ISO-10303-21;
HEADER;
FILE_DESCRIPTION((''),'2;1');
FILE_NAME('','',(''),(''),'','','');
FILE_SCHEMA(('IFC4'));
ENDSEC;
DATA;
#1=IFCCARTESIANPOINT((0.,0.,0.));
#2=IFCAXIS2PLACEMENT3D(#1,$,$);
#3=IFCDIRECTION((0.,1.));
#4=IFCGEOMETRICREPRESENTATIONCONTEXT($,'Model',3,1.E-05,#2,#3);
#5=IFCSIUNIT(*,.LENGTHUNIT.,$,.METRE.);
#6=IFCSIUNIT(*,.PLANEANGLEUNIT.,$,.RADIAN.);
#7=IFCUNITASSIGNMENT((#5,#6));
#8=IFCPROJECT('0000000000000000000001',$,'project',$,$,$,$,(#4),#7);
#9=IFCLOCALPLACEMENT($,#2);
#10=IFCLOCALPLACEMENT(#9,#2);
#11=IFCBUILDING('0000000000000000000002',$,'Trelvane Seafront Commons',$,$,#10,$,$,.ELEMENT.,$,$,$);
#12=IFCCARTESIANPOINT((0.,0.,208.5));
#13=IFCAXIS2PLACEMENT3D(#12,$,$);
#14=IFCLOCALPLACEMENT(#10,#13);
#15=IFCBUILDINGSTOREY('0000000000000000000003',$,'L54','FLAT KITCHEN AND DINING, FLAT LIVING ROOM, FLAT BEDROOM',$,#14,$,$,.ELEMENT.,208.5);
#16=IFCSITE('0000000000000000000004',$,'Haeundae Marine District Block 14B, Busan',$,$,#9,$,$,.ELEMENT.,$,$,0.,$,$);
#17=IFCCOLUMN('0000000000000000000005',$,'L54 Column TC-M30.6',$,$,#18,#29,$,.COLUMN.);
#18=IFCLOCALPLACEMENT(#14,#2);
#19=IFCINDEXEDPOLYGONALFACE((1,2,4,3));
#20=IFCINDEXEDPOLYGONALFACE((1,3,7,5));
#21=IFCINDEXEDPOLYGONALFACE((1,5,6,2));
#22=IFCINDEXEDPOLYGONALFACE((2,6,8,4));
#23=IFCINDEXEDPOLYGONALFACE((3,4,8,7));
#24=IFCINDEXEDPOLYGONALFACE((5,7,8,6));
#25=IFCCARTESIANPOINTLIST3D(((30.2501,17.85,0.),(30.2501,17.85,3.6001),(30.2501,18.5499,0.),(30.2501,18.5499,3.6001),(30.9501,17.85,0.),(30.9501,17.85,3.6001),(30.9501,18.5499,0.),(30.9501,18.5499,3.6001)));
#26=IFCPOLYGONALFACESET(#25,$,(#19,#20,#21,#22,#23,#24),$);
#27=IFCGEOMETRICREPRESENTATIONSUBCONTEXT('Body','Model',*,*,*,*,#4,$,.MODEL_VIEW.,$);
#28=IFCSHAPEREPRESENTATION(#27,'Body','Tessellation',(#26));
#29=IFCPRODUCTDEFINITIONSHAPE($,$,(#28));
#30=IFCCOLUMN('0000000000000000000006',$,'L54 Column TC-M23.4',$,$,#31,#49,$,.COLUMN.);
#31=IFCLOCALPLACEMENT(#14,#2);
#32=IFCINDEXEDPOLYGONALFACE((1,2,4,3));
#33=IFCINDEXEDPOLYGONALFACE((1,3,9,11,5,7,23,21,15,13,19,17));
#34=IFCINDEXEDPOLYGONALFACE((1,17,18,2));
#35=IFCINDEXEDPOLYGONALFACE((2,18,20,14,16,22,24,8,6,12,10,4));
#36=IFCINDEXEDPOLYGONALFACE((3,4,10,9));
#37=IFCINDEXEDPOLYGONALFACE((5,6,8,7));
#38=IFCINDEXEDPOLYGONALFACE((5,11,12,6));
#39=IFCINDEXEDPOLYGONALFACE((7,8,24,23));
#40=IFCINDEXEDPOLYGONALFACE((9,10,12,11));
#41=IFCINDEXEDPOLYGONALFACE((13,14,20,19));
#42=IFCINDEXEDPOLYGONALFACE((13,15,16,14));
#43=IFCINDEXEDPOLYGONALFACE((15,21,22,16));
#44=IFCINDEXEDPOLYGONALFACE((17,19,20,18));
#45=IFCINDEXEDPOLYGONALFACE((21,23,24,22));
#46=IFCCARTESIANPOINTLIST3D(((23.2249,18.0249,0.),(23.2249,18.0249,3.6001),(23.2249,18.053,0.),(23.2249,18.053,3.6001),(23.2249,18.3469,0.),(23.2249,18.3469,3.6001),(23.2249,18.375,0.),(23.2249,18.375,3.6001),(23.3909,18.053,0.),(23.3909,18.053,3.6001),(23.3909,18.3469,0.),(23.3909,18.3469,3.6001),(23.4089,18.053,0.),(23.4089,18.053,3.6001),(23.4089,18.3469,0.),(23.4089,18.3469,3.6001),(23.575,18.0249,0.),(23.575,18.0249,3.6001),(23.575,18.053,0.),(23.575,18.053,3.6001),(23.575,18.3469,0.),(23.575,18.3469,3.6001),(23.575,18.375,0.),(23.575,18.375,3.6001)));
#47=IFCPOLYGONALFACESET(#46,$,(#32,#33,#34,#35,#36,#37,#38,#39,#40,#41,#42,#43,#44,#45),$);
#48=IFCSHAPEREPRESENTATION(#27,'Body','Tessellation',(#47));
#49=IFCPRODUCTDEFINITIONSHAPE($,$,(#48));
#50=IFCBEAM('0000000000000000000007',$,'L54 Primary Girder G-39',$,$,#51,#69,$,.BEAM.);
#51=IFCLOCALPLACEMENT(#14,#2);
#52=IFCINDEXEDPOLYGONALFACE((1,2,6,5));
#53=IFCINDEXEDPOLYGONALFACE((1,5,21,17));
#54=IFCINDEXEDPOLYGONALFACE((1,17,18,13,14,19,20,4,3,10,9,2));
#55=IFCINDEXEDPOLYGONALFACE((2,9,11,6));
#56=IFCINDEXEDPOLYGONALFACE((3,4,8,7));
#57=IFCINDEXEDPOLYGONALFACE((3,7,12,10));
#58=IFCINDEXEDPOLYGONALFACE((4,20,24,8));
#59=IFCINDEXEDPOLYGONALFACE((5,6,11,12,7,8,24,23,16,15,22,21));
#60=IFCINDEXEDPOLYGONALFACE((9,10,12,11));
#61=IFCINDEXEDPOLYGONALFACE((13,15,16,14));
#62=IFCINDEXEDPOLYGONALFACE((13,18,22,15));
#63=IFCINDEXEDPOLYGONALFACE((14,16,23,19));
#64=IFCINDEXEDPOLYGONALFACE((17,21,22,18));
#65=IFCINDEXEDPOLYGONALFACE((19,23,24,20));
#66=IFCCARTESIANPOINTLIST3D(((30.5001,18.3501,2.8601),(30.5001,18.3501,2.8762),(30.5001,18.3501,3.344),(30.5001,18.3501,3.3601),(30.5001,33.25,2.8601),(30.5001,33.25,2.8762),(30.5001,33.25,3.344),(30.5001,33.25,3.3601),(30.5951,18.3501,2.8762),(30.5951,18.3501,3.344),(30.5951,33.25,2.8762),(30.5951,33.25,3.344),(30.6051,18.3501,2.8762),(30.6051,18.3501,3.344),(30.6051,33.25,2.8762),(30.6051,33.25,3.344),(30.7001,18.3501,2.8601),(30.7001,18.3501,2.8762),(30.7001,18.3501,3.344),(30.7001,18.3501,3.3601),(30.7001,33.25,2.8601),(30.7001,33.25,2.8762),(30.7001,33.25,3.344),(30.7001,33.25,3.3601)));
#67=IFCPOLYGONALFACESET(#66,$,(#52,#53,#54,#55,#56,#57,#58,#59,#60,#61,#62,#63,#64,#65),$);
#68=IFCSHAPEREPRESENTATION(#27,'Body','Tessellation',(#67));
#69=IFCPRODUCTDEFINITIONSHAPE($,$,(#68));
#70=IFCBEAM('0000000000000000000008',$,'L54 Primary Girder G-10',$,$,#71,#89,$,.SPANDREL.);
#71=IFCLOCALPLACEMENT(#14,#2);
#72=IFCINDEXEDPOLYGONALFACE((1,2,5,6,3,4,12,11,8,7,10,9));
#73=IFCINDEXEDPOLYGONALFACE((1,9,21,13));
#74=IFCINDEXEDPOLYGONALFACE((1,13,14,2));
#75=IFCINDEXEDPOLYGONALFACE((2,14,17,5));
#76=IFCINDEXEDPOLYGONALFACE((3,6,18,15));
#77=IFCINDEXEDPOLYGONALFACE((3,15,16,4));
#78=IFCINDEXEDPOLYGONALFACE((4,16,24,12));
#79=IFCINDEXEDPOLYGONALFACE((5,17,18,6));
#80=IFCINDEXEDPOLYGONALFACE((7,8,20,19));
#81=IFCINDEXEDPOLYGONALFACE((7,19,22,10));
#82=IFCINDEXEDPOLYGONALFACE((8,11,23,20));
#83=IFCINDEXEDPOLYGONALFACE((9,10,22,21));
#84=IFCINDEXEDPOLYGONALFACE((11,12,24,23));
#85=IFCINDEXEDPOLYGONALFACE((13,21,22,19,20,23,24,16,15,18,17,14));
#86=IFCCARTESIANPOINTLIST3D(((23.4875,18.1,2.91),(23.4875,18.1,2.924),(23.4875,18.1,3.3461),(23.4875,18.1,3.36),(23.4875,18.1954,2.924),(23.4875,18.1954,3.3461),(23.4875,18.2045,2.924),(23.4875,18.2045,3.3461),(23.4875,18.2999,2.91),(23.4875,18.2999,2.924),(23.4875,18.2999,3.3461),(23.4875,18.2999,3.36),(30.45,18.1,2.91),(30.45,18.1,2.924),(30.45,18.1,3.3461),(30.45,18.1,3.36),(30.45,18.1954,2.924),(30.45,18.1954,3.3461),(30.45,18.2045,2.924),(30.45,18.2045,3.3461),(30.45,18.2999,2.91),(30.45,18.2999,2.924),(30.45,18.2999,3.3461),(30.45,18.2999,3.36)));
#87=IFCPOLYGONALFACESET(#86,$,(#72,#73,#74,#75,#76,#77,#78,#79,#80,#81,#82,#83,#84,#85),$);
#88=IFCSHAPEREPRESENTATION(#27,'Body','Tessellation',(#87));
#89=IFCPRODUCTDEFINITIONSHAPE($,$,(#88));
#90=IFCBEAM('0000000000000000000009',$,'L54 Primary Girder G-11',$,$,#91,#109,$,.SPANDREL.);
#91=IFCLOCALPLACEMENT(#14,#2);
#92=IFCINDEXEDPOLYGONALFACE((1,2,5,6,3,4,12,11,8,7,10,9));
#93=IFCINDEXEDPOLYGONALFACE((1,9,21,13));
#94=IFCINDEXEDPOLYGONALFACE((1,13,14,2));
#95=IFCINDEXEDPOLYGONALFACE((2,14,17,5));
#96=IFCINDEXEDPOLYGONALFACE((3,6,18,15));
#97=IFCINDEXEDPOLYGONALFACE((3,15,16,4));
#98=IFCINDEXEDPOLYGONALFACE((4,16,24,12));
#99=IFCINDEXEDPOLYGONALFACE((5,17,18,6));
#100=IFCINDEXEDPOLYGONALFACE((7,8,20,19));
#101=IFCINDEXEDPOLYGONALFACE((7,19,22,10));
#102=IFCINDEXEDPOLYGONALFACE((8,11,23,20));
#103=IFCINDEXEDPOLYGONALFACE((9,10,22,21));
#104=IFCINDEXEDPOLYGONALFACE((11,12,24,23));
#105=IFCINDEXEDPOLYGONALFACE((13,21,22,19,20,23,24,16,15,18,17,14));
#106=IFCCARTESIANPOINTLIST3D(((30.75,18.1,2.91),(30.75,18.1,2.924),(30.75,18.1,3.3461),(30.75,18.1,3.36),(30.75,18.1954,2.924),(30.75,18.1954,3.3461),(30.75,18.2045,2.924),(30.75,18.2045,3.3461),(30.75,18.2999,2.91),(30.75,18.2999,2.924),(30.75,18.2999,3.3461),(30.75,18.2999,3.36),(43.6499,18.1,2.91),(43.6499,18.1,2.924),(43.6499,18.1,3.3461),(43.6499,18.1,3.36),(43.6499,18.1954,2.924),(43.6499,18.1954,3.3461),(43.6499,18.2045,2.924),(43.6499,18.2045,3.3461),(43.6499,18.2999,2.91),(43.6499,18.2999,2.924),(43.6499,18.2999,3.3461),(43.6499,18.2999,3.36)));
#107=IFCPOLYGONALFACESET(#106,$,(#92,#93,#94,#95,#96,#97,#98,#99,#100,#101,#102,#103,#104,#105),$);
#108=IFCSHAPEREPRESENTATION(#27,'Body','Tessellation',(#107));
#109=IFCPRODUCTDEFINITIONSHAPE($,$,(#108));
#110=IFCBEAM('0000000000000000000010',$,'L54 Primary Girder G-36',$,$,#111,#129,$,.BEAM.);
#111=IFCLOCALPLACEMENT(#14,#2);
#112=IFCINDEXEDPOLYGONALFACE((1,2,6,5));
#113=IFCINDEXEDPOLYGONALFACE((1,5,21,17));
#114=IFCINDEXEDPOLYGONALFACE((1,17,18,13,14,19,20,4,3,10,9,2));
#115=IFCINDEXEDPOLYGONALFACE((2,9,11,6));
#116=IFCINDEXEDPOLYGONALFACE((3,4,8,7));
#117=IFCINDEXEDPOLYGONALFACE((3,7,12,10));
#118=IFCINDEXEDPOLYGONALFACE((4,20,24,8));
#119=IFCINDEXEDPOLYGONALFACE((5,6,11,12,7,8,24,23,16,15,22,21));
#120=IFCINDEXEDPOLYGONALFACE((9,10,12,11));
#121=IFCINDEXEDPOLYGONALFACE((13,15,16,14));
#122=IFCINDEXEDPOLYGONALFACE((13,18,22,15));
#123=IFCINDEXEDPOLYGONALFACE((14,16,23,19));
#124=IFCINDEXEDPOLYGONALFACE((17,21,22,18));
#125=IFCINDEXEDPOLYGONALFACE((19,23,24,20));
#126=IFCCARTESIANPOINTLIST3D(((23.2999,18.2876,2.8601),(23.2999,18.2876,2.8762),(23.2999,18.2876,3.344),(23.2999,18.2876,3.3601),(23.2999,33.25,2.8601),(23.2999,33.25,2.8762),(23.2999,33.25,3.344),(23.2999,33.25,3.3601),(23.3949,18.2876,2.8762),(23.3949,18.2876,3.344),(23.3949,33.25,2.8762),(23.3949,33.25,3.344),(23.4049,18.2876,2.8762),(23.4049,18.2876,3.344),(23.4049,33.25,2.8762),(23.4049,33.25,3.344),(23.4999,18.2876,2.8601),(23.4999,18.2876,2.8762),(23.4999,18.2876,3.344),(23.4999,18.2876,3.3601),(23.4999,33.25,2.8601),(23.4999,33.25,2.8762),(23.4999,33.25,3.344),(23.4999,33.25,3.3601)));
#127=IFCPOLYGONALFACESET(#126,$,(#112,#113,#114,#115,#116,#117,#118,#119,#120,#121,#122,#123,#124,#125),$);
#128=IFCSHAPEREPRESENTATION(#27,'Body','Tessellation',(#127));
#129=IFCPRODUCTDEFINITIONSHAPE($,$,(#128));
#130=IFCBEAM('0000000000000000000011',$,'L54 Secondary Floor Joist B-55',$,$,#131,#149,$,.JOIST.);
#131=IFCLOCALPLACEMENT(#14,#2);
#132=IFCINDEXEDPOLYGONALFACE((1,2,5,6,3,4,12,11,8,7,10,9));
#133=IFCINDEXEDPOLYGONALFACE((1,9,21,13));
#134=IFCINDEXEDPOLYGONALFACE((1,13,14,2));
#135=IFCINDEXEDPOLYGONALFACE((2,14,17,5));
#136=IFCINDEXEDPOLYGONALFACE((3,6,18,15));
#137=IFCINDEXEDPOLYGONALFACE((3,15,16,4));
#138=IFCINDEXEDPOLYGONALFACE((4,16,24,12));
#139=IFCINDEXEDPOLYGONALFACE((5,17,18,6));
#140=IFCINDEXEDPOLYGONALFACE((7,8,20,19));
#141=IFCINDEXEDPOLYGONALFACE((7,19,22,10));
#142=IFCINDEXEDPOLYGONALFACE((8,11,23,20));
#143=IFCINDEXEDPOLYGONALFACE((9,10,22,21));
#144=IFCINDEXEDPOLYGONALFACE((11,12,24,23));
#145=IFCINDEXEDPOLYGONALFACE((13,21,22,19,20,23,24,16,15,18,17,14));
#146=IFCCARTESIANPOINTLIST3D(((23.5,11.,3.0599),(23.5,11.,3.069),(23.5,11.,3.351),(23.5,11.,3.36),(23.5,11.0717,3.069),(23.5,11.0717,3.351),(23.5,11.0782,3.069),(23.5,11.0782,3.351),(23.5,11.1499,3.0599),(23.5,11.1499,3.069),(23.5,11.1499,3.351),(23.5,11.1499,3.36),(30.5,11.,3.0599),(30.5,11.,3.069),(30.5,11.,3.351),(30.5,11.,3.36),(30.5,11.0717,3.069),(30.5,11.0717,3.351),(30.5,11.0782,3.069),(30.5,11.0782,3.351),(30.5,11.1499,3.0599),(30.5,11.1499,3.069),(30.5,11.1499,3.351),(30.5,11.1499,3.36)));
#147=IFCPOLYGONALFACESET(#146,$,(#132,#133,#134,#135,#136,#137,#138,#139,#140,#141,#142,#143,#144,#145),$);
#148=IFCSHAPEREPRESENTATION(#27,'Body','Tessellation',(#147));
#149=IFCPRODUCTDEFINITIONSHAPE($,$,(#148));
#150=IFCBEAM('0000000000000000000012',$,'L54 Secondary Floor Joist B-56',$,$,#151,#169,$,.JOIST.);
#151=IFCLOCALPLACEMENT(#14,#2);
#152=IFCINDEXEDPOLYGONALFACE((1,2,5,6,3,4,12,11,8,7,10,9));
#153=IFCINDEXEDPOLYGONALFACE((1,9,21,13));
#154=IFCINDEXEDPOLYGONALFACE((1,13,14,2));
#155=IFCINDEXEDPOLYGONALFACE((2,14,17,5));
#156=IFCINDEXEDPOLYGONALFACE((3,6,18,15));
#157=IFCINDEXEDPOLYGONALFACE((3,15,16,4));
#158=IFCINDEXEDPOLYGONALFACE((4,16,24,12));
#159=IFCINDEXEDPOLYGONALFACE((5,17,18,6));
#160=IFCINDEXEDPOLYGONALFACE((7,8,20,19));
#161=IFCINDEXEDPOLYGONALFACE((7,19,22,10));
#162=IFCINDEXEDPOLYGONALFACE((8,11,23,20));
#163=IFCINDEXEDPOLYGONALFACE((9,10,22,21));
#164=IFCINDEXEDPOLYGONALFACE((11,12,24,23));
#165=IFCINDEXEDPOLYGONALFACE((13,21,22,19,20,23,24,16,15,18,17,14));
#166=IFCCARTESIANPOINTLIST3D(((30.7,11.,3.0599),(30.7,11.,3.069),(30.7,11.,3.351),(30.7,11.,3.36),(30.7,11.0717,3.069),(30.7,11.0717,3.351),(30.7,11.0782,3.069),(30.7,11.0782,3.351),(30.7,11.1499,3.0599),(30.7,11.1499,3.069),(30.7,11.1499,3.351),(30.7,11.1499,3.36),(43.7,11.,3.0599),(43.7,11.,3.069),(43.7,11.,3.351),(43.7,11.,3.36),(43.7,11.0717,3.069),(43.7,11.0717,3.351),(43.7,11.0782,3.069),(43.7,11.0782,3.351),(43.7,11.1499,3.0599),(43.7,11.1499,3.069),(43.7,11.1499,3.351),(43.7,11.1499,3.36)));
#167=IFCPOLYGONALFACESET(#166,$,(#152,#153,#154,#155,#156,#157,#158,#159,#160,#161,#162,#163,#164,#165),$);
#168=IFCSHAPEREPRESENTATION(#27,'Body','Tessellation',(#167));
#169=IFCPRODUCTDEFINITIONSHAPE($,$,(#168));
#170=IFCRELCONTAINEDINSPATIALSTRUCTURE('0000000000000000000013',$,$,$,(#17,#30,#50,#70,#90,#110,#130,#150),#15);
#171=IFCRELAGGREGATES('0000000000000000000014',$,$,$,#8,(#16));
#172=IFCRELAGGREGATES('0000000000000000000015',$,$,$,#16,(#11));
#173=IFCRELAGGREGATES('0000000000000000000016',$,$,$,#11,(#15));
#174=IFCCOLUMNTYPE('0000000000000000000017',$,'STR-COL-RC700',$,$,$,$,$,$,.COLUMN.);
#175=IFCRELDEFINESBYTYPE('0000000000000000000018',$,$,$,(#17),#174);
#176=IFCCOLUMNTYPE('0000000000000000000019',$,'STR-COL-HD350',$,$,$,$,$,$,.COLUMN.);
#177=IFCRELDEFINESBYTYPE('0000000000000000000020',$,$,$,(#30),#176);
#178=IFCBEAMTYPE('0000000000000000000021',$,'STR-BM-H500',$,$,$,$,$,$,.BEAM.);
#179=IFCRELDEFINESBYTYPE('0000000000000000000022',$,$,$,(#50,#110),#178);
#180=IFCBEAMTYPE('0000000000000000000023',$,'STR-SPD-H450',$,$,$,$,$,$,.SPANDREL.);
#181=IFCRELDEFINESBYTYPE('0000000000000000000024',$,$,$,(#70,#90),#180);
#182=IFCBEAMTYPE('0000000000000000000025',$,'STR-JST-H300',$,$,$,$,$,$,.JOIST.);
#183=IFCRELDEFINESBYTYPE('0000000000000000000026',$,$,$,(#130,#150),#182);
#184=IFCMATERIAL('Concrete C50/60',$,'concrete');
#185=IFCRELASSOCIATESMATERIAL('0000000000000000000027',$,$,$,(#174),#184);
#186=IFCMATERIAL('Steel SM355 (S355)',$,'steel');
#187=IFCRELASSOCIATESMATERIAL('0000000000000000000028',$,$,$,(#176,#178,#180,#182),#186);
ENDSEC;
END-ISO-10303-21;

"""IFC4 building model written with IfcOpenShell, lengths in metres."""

from ifc_helpers import new_model, si_unit, direction, frame, origin, origin_2d, place, context, subcontext, project, spatial, rectangle, i_section, extrude, source, transform, mapped, material, material_profile, profile_set, type_object, element, save


model = new_model("IFC4")

# Units and contexts
model_context = context("Model", 3, precision=1e-05, world=origin(), true_north=direction((0.0, 1.0)))
body_context = subcontext(model_context, "Body", "Model", "MODEL_VIEW")
ifc_project = project(units=[si_unit("LENGTHUNIT", "METRE"), si_unit("PLANEANGLEUNIT", "RADIAN")], contexts=[model_context])

# Site, building, storey
site_placement = place(None, origin())
site = spatial("IfcSite", under=ifc_project, at=site_placement, Name="Haeundae Marine District Block 14B, Busan", CompositionType="ELEMENT", RefElevation=0.0)
building_placement = place(site_placement, origin())
building = spatial("IfcBuilding", under=site, at=building_placement, Name="Trelvane Seafront Commons", CompositionType="ELEMENT")
storey_placement = place(building_placement, frame((0.0, 0.0, 208.5)))
storey = spatial("IfcBuildingStorey", under=building, at=storey_placement, Name="L54", Description="FLAT KITCHEN AND DINING, FLAT LIVING ROOM, FLAT BEDROOM", CompositionType="ELEMENT", Elevation=208.5)

# Columns
ifc_material_1 = material(Name="Concrete C50/60", Category="concrete")
ifc_material_profile_1 = material_profile(ifc_material_1, rectangle(XDim=0.7, YDim=0.7, at=origin_2d()), Name="RC-700x700")
ifc_profile_set_1 = profile_set([ifc_material_profile_1], Name="Concrete C50/60")
column_type_1 = type_object("IfcColumnType", Name="STR-COL-RC700", PredefinedType="COLUMN", material=ifc_profile_set_1)
shared_shape_1 = source(origin(), body_context, "Body", "SweptSolid", [
    extrude(rectangle(XDim=0.7, YDim=0.7, at=origin_2d()), origin(), (0.0, 0.0, 1.0), 3.6001),
])
column_1_placement = place(storey_placement, frame((30.6001, 18.2, 0.0), z_axis=(0.0, 0.0, 1.0), x_axis=(1.0, 0.0, 0.0)))
element("IfcColumn", 1, at=column_1_placement, inside=storey, type_object=column_type_1, Name="L54 Column TC-M30.6", PredefinedType="COLUMN", context=body_context, shape_type="MappedRepresentation", body=[
    mapped(shared_shape_1, transform((0.0, 0.0, 0.0), x_axis=(1.0, 0.0, 0.0), y_axis=(0.0, 1.0, 0.0), z_axis=(0.0, 0.0, 1.0), scale=1.0)),
])
ifc_material_2 = material(Name="Steel SM355 (S355)", Category="steel")
ifc_material_profile_2 = material_profile(ifc_material_2, i_section(OverallWidth=0.3501, OverallDepth=0.3501, WebThickness=0.0181, FlangeThickness=0.0281, at=origin_2d()), Name="HD-350x350x18x28")
ifc_profile_set_2 = profile_set([ifc_material_profile_2], Name="Steel SM355 (S355)")
column_type_2 = type_object("IfcColumnType", Name="STR-COL-HD350", PredefinedType="COLUMN", material=ifc_profile_set_2)
shared_shape_2 = source(origin(), body_context, "Body", "SweptSolid", [
    extrude(i_section(OverallWidth=0.3501, OverallDepth=0.3501, WebThickness=0.0181, FlangeThickness=0.0281, at=origin_2d()), origin(), (0.0, 0.0, 1.0), 3.6001),
])
column_2_placement = place(storey_placement, frame((23.3999, 18.2, 0.0), z_axis=(0.0, 0.0, 1.0), x_axis=(1.0, 0.0, 0.0)))
element("IfcColumn", 2, at=column_2_placement, inside=storey, type_object=column_type_2, Name="L54 Column TC-M23.4", PredefinedType="COLUMN", context=body_context, shape_type="MappedRepresentation", body=[
    mapped(shared_shape_2, transform((0.0, 0.0, 0.0), x_axis=(1.0, 0.0, 0.0), y_axis=(0.0, 1.0, 0.0), z_axis=(0.0, 0.0, 1.0), scale=1.0)),
])

# Beams
ifc_material_profile_3 = material_profile(ifc_material_2, i_section(OverallWidth=0.2, OverallDepth=0.5, WebThickness=0.01, FlangeThickness=0.0161, at=origin_2d()), Name="H-500x200x10x16")
ifc_profile_set_3 = profile_set([ifc_material_profile_3], Name="Steel SM355 (S355)")
beam_type_1 = type_object("IfcBeamType", Name="STR-BM-H500", PredefinedType="BEAM", material=ifc_profile_set_3)
shared_shape_3 = source(origin(), body_context, "Body", "SweptSolid", [
    extrude(i_section(OverallWidth=0.2, OverallDepth=0.5, WebThickness=0.01, FlangeThickness=0.0161, at=origin_2d()), origin(), (0.0, 0.0, 1.0), 14.8999),
])
beam_1_placement = place(storey_placement, frame((30.6001, 18.3501, 3.1101), z_axis=(0.0, 1.0, 0.0), x_axis=(-1.0, 0.0, 0.0)))
element("IfcBeam", 3, at=beam_1_placement, inside=storey, type_object=beam_type_1, Name="L54 Primary Girder G-39", PredefinedType="BEAM", context=body_context, shape_type="MappedRepresentation", body=[
    mapped(shared_shape_3, transform((0.0, 0.0, 0.0), x_axis=(1.0, 0.0, 0.0), y_axis=(0.0, 1.0, 0.0), z_axis=(0.0, 0.0, 1.0), scale=1.0)),
])
ifc_material_profile_4 = material_profile(ifc_material_2, i_section(OverallWidth=0.2, OverallDepth=0.45, WebThickness=0.009, FlangeThickness=0.0139, at=origin_2d()), Name="H-450x200x9x14")
ifc_profile_set_4 = profile_set([ifc_material_profile_4], Name="Steel SM355 (S355)")
beam_type_2 = type_object("IfcBeamType", Name="STR-SPD-H450", PredefinedType="SPANDREL", material=ifc_profile_set_4)
shared_shape_4 = source(origin(), body_context, "Body", "SweptSolid", [
    extrude(i_section(OverallWidth=0.2, OverallDepth=0.45, WebThickness=0.009, FlangeThickness=0.0139, at=origin_2d()), origin(), (0.0, 0.0, 1.0), 6.9624),
])
beam_2_placement = place(storey_placement, frame((23.4875, 18.2, 3.135), z_axis=(1.0, 0.0, 0.0), x_axis=(0.0, 1.0, 0.0)))
element("IfcBeam", 4, at=beam_2_placement, inside=storey, type_object=beam_type_2, Name="L54 Primary Girder G-10", PredefinedType="SPANDREL", context=body_context, shape_type="MappedRepresentation", body=[
    mapped(shared_shape_4, transform((0.0, 0.0, 0.0), x_axis=(1.0, 0.0, 0.0), y_axis=(0.0, 1.0, 0.0), z_axis=(0.0, 0.0, 1.0), scale=1.0)),
])
shared_shape_5 = source(origin(), body_context, "Body", "SweptSolid", [
    extrude(i_section(OverallWidth=0.2, OverallDepth=0.45, WebThickness=0.009, FlangeThickness=0.0139, at=origin_2d()), origin(), (0.0, 0.0, 1.0), 12.8999),
])
beam_3_placement = place(storey_placement, frame((30.75, 18.2, 3.135), z_axis=(1.0, 0.0, 0.0), x_axis=(0.0, 1.0, 0.0)))
element("IfcBeam", 5, at=beam_3_placement, inside=storey, type_object=beam_type_2, Name="L54 Primary Girder G-11", PredefinedType="SPANDREL", context=body_context, shape_type="MappedRepresentation", body=[
    mapped(shared_shape_5, transform((0.0, 0.0, 0.0), x_axis=(1.0, 0.0, 0.0), y_axis=(0.0, 1.0, 0.0), z_axis=(0.0, 0.0, 1.0), scale=1.0)),
])
shared_shape_6 = source(origin(), body_context, "Body", "SweptSolid", [
    extrude(i_section(OverallWidth=0.2, OverallDepth=0.5, WebThickness=0.01, FlangeThickness=0.0161, at=origin_2d()), origin(), (0.0, 0.0, 1.0), 14.9624),
])
beam_4_placement = place(storey_placement, frame((23.3999, 18.2876, 3.1101), z_axis=(0.0, 1.0, 0.0), x_axis=(-1.0, 0.0, 0.0)))
element("IfcBeam", 6, at=beam_4_placement, inside=storey, type_object=beam_type_1, Name="L54 Primary Girder G-36", PredefinedType="BEAM", context=body_context, shape_type="MappedRepresentation", body=[
    mapped(shared_shape_6, transform((0.0, 0.0, 0.0), x_axis=(1.0, 0.0, 0.0), y_axis=(0.0, 1.0, 0.0), z_axis=(0.0, 0.0, 1.0), scale=1.0)),
])
ifc_material_profile_5 = material_profile(ifc_material_2, i_section(OverallWidth=0.1499, OverallDepth=0.3, WebThickness=0.0066, FlangeThickness=0.009, at=origin_2d()), Name="H-300x150x6.5x9")
ifc_profile_set_5 = profile_set([ifc_material_profile_5], Name="Steel SM355 (S355)")
beam_type_3 = type_object("IfcBeamType", Name="STR-JST-H300", PredefinedType="JOIST", material=ifc_profile_set_5)
shared_shape_7 = source(origin(), body_context, "Body", "SweptSolid", [
    extrude(i_section(OverallWidth=0.1499, OverallDepth=0.3, WebThickness=0.0066, FlangeThickness=0.009, at=origin_2d()), origin(), (0.0, 0.0, 1.0), 7.0),
])
beam_5_placement = place(storey_placement, frame((23.5, 11.075, 3.21), z_axis=(1.0, 0.0, 0.0), x_axis=(0.0, 1.0, 0.0)))
element("IfcBeam", 7, at=beam_5_placement, inside=storey, type_object=beam_type_3, Name="L54 Secondary Floor Joist B-55", PredefinedType="JOIST", context=body_context, shape_type="MappedRepresentation", body=[
    mapped(shared_shape_7, transform((0.0, 0.0, 0.0), x_axis=(1.0, 0.0, 0.0), y_axis=(0.0, 1.0, 0.0), z_axis=(0.0, 0.0, 1.0), scale=1.0)),
])
shared_shape_8 = source(origin(), body_context, "Body", "SweptSolid", [
    extrude(i_section(OverallWidth=0.1499, OverallDepth=0.3, WebThickness=0.0066, FlangeThickness=0.009, at=origin_2d()), origin(), (0.0, 0.0, 1.0), 13.0),
])
beam_6_placement = place(storey_placement, frame((30.7, 11.075, 3.21), z_axis=(1.0, 0.0, 0.0), x_axis=(0.0, 1.0, 0.0)))
element("IfcBeam", 8, at=beam_6_placement, inside=storey, type_object=beam_type_3, Name="L54 Secondary Floor Joist B-56", PredefinedType="JOIST", context=body_context, shape_type="MappedRepresentation", body=[
    mapped(shared_shape_8, transform((0.0, 0.0, 0.0), x_axis=(1.0, 0.0, 0.0), y_axis=(0.0, 1.0, 0.0), z_axis=(0.0, 0.0, 1.0), scale=1.0)),
])

save(model, "model.ifc")
